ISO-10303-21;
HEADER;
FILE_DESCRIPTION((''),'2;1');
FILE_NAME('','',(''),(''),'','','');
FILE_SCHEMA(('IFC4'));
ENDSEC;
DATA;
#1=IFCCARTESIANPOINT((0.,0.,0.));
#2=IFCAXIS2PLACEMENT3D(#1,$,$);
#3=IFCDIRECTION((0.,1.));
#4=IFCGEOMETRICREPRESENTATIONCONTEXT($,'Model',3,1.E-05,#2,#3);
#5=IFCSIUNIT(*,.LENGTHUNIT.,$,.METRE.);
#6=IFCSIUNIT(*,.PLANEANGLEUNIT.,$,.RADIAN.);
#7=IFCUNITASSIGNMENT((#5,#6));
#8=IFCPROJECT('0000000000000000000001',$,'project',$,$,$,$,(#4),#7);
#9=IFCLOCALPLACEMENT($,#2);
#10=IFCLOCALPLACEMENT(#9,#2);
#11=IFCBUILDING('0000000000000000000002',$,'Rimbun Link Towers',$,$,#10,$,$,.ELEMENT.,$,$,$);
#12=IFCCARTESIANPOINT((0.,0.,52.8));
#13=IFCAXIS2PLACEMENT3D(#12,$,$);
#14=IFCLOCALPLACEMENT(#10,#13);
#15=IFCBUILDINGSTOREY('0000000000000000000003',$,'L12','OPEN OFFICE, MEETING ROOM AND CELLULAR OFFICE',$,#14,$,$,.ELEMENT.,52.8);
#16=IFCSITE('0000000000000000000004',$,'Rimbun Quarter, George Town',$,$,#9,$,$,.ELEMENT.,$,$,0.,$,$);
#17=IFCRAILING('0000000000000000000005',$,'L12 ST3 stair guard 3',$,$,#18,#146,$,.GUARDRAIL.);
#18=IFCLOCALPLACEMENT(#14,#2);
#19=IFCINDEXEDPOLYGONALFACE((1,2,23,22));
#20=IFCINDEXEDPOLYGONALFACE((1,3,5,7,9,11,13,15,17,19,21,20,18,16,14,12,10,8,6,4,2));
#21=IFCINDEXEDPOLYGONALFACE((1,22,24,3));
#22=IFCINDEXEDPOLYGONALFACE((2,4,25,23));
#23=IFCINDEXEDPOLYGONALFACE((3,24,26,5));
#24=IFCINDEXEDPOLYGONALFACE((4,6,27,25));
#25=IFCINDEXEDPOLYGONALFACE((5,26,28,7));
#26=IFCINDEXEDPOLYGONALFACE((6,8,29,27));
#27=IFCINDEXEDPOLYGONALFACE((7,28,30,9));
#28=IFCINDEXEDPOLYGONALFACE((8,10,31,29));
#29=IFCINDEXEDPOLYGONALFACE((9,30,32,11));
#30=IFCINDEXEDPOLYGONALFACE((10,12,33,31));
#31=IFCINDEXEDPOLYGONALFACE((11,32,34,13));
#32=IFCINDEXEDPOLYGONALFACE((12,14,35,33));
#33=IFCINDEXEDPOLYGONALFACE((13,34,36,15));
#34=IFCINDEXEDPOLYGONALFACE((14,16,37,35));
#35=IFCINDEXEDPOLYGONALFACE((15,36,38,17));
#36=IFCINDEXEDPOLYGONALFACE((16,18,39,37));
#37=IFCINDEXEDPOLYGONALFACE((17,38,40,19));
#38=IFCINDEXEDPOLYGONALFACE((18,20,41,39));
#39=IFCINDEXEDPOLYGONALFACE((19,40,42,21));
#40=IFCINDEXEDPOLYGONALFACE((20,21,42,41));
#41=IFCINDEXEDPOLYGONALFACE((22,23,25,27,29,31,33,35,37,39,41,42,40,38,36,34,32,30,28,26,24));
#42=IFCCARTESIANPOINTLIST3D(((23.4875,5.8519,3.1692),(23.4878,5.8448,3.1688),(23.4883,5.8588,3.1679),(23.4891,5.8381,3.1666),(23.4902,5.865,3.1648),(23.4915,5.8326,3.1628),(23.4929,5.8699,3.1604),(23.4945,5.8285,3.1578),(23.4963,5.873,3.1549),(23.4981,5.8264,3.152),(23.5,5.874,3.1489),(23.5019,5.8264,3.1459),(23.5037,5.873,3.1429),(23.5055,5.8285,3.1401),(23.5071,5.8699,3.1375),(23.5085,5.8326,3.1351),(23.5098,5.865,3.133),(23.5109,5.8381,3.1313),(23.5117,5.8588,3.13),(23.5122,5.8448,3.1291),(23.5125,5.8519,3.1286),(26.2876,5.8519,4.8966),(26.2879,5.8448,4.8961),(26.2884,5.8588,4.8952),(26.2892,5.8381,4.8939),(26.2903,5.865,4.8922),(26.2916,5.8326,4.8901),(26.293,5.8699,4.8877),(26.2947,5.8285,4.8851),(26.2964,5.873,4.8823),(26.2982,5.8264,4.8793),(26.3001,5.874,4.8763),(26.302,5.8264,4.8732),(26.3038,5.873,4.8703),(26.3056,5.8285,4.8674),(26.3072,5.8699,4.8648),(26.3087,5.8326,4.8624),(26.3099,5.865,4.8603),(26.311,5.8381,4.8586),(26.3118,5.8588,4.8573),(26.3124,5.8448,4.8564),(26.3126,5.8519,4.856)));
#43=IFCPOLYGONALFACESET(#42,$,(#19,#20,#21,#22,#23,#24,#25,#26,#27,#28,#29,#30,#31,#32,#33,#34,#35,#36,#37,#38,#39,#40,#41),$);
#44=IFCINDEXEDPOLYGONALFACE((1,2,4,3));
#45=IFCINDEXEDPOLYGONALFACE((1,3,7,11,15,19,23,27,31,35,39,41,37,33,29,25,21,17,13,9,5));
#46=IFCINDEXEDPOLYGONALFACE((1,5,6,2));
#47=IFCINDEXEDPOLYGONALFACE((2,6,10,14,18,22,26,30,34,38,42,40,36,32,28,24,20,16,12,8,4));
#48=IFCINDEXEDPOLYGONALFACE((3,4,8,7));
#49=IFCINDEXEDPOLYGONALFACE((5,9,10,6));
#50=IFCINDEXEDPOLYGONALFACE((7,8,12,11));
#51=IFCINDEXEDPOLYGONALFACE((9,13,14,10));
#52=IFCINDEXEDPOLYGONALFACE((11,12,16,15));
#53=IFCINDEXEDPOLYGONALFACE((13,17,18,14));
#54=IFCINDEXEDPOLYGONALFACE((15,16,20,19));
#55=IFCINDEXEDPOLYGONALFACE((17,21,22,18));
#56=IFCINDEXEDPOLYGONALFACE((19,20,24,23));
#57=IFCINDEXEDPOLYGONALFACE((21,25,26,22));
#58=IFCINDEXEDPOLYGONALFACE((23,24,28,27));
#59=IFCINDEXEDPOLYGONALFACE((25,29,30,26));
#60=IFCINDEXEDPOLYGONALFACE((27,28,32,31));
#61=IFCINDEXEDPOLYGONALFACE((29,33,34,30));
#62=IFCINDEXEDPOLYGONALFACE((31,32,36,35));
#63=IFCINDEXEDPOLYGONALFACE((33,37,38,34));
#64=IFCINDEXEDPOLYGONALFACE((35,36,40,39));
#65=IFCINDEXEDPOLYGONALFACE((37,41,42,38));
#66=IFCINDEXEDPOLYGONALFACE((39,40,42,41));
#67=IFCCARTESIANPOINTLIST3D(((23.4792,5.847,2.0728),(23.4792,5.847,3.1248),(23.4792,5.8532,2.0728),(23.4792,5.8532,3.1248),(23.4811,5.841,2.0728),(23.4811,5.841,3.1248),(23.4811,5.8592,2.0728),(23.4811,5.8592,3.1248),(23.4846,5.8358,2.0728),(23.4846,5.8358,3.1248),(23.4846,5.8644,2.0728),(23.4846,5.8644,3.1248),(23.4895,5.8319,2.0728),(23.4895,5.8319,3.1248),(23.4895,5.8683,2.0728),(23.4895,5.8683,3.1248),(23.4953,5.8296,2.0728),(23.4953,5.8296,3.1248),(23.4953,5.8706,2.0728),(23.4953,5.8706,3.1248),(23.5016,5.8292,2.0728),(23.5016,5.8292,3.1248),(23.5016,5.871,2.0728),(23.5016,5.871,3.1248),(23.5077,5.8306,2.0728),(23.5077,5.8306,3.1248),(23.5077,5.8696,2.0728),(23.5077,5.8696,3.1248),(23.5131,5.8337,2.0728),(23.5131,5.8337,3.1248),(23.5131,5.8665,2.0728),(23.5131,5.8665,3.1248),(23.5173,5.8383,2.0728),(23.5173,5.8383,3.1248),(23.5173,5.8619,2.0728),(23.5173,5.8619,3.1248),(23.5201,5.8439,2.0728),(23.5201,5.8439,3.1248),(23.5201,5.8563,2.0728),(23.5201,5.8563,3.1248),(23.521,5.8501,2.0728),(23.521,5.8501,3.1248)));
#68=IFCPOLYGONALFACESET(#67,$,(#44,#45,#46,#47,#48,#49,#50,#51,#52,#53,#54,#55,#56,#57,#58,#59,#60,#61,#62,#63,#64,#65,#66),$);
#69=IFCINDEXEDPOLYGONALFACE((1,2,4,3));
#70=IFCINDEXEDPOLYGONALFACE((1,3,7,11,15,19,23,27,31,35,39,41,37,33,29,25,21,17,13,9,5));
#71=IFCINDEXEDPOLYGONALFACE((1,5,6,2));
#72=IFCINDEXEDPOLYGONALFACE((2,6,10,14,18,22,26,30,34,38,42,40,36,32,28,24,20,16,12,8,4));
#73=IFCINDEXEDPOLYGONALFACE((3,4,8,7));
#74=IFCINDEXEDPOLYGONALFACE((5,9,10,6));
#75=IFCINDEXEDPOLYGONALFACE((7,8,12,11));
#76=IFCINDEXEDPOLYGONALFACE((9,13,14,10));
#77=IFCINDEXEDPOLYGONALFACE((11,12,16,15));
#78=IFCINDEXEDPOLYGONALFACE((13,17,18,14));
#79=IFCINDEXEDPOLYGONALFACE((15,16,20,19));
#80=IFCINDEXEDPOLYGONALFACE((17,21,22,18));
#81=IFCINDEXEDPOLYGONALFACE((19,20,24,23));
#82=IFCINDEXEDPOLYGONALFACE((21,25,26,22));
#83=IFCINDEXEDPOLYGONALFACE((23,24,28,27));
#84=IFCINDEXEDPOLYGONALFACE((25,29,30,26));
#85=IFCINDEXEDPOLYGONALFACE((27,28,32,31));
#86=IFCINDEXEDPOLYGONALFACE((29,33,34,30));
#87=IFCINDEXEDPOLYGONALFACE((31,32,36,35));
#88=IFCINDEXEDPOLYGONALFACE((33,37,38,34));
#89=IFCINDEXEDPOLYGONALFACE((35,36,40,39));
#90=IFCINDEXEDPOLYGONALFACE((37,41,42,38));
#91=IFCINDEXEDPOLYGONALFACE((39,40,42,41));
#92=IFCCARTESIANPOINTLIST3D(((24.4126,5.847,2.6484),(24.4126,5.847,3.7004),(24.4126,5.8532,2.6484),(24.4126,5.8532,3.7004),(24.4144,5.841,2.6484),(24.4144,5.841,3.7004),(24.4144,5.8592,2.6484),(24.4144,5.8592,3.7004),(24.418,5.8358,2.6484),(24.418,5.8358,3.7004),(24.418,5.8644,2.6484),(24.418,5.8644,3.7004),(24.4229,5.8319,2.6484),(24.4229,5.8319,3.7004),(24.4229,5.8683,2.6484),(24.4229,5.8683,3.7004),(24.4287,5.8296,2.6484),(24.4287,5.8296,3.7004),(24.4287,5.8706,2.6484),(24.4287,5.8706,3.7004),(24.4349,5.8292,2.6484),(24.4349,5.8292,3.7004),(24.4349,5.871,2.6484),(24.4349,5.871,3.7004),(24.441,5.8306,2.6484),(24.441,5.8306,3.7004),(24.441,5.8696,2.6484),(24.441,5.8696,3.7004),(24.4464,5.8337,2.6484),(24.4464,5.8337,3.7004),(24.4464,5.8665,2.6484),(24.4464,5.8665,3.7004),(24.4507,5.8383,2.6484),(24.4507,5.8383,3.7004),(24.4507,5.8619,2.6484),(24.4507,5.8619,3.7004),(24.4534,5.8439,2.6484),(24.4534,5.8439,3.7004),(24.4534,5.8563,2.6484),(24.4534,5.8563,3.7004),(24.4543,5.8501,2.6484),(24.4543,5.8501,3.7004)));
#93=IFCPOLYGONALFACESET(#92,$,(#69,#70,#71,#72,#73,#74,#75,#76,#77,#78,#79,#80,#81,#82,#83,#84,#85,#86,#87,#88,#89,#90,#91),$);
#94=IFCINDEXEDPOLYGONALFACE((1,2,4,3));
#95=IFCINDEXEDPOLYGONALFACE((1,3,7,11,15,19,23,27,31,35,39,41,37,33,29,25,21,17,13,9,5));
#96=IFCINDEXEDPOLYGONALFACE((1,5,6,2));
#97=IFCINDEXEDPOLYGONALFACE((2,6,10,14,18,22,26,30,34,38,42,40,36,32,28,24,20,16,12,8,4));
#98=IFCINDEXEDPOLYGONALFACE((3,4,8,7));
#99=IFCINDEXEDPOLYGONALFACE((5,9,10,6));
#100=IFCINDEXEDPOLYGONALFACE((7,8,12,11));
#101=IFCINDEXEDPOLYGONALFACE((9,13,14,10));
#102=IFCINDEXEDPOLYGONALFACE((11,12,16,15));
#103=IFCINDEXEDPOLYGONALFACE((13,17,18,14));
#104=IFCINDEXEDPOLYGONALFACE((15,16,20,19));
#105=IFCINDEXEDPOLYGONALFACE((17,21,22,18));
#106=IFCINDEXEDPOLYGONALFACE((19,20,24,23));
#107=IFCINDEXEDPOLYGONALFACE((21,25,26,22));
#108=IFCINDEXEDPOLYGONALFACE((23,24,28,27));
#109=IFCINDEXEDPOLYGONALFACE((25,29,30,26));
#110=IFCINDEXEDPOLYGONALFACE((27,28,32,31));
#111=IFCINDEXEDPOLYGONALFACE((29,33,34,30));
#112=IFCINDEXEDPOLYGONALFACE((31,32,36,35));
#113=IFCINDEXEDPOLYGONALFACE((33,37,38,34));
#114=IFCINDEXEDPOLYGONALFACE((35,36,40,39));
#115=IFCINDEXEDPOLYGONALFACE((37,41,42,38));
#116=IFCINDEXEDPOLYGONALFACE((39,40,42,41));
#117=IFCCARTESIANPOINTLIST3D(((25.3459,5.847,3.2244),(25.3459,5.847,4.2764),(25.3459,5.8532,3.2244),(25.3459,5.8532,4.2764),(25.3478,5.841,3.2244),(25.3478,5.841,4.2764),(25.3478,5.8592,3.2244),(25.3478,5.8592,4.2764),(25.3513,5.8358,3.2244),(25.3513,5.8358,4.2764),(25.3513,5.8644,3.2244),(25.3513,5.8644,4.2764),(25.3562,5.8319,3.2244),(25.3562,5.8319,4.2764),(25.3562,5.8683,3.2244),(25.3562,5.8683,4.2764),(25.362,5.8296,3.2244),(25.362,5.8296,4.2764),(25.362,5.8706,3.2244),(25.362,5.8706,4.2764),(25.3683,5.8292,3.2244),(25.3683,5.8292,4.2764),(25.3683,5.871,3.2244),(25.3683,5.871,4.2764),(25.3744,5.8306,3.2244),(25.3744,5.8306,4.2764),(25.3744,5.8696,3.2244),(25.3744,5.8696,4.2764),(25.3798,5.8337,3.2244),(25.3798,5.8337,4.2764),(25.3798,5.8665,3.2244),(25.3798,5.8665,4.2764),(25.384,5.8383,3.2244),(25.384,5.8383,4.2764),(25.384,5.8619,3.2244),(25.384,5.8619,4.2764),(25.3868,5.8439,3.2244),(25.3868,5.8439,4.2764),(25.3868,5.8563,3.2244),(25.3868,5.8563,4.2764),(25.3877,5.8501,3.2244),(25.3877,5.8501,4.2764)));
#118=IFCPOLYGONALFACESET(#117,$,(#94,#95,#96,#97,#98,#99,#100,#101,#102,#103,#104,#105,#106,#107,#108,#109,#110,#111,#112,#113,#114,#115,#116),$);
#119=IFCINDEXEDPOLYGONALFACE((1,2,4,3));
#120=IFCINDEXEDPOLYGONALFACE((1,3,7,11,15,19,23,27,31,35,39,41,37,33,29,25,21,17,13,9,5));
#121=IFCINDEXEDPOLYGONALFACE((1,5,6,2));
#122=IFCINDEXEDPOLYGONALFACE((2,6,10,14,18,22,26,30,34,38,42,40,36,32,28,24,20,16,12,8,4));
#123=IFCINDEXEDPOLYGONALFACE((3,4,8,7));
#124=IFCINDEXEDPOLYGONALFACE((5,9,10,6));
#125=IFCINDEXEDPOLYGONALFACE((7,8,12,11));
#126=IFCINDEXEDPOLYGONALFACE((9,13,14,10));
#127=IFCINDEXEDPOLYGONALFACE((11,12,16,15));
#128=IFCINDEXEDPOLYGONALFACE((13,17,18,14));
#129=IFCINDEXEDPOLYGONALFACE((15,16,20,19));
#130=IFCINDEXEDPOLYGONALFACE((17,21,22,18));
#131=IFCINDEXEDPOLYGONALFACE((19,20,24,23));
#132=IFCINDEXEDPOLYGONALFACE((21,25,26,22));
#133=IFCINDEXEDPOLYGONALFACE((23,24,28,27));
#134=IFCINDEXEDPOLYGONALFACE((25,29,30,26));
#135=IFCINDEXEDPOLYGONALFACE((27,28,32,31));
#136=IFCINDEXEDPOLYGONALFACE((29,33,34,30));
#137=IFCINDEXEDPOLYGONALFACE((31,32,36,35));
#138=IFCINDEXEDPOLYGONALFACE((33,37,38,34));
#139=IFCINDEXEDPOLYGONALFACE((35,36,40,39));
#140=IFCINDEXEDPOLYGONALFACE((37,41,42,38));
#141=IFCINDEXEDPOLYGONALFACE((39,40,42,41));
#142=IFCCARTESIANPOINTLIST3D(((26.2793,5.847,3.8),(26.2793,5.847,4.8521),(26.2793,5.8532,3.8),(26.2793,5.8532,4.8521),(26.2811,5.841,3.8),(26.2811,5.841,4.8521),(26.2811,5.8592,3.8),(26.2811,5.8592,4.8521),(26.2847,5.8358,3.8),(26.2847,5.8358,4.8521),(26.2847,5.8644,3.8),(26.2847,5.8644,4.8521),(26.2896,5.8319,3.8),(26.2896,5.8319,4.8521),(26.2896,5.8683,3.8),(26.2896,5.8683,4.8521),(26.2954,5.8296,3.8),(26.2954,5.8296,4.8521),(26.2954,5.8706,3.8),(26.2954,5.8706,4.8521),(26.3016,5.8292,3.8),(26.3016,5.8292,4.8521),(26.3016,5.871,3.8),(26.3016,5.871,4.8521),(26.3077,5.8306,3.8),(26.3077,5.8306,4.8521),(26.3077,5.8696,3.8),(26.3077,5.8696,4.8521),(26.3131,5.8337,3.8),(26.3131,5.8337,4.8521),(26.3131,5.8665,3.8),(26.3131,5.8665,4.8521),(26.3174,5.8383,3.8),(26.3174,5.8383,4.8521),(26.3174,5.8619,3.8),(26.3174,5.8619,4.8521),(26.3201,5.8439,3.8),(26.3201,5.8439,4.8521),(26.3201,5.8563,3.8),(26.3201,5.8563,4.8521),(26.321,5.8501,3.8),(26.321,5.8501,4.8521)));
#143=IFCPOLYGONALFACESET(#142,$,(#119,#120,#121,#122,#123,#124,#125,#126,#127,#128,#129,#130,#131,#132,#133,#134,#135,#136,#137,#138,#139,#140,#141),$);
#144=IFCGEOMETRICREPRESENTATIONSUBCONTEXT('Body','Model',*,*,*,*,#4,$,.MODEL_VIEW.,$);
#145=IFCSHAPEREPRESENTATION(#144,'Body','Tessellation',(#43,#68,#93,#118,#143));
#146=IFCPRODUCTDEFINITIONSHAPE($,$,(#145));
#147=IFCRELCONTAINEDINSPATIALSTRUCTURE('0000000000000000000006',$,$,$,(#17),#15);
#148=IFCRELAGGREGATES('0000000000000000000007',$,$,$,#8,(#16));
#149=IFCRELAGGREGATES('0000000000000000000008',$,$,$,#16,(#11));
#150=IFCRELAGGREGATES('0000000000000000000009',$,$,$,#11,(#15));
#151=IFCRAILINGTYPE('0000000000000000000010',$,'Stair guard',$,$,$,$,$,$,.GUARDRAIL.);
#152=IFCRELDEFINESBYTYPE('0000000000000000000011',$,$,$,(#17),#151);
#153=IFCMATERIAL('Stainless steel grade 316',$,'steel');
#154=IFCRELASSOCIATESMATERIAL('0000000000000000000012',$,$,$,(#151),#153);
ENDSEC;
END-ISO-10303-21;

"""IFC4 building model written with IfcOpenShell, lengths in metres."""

from ifc_helpers import new_model, si_unit, direction, frame, origin, origin_2d, place, context, subcontext, project, spatial, circle, extrude, material, type_object, element, save


model = new_model("IFC4")

# Units and contexts
model_context = context("Model", 3, precision=1e-05, world=origin(), true_north=direction((0.0, 1.0)))
body_context = subcontext(model_context, "Body", "Model", "MODEL_VIEW")
ifc_project = project(units=[si_unit("LENGTHUNIT", "METRE"), si_unit("PLANEANGLEUNIT", "RADIAN")], contexts=[model_context])

# Site, building, storey
site_placement = place(None, origin())
site = spatial("IfcSite", under=ifc_project, at=site_placement, Name="Rimbun Quarter, George Town", CompositionType="ELEMENT", RefElevation=0.0)
building_placement = place(site_placement, origin())
building = spatial("IfcBuilding", under=site, at=building_placement, Name="Rimbun Link Towers", CompositionType="ELEMENT")
storey_placement = place(building_placement, frame((0.0, 0.0, 52.8)))
storey = spatial("IfcBuildingStorey", under=building, at=storey_placement, Name="L12", Description="OPEN OFFICE, MEETING ROOM AND CELLULAR OFFICE", CompositionType="ELEMENT", Elevation=52.8)

# Railing
ifc_material_1 = material(Name="Stainless steel grade 316", Category="steel")
railing_type_1 = type_object("IfcRailingType", Name="Stair guard", PredefinedType="GUARDRAIL", material=ifc_material_1)
railing_1_placement = place(storey_placement, frame((23.5, 5.8501, 2.0728)))
element("IfcRailing", 1, at=railing_1_placement, inside=storey, type_object=railing_type_1, Name="L12 ST3 stair guard 3", PredefinedType="GUARDRAIL", context=body_context, shape_type="SweptSolid", body=[
    extrude(circle(Radius=0.0239, at=origin_2d()), frame((0.0, 0.0, 1.0762), z_axis=(0.85109, 0.0, 0.52502), x_axis=(0.0, 1.0, 0.0)), (0.0, 0.0, 1.0), 3.29),
    extrude(circle(Radius=0.021, at=origin_2d()), origin(), (0.0, 0.0, 1.0), 1.052),
    extrude(circle(Radius=0.021, at=origin_2d()), frame((0.9333, 0.0, 0.5757)), (0.0, 0.0, 1.0), 1.052),
    extrude(circle(Radius=0.021, at=origin_2d()), frame((1.8667, 0.0, 1.1516)), (0.0, 0.0, 1.0), 1.052),
    extrude(circle(Radius=0.021, at=origin_2d()), frame((2.8, 0.0, 1.7273)), (0.0, 0.0, 1.0), 1.052),
])

save(model, "model.ifc")
